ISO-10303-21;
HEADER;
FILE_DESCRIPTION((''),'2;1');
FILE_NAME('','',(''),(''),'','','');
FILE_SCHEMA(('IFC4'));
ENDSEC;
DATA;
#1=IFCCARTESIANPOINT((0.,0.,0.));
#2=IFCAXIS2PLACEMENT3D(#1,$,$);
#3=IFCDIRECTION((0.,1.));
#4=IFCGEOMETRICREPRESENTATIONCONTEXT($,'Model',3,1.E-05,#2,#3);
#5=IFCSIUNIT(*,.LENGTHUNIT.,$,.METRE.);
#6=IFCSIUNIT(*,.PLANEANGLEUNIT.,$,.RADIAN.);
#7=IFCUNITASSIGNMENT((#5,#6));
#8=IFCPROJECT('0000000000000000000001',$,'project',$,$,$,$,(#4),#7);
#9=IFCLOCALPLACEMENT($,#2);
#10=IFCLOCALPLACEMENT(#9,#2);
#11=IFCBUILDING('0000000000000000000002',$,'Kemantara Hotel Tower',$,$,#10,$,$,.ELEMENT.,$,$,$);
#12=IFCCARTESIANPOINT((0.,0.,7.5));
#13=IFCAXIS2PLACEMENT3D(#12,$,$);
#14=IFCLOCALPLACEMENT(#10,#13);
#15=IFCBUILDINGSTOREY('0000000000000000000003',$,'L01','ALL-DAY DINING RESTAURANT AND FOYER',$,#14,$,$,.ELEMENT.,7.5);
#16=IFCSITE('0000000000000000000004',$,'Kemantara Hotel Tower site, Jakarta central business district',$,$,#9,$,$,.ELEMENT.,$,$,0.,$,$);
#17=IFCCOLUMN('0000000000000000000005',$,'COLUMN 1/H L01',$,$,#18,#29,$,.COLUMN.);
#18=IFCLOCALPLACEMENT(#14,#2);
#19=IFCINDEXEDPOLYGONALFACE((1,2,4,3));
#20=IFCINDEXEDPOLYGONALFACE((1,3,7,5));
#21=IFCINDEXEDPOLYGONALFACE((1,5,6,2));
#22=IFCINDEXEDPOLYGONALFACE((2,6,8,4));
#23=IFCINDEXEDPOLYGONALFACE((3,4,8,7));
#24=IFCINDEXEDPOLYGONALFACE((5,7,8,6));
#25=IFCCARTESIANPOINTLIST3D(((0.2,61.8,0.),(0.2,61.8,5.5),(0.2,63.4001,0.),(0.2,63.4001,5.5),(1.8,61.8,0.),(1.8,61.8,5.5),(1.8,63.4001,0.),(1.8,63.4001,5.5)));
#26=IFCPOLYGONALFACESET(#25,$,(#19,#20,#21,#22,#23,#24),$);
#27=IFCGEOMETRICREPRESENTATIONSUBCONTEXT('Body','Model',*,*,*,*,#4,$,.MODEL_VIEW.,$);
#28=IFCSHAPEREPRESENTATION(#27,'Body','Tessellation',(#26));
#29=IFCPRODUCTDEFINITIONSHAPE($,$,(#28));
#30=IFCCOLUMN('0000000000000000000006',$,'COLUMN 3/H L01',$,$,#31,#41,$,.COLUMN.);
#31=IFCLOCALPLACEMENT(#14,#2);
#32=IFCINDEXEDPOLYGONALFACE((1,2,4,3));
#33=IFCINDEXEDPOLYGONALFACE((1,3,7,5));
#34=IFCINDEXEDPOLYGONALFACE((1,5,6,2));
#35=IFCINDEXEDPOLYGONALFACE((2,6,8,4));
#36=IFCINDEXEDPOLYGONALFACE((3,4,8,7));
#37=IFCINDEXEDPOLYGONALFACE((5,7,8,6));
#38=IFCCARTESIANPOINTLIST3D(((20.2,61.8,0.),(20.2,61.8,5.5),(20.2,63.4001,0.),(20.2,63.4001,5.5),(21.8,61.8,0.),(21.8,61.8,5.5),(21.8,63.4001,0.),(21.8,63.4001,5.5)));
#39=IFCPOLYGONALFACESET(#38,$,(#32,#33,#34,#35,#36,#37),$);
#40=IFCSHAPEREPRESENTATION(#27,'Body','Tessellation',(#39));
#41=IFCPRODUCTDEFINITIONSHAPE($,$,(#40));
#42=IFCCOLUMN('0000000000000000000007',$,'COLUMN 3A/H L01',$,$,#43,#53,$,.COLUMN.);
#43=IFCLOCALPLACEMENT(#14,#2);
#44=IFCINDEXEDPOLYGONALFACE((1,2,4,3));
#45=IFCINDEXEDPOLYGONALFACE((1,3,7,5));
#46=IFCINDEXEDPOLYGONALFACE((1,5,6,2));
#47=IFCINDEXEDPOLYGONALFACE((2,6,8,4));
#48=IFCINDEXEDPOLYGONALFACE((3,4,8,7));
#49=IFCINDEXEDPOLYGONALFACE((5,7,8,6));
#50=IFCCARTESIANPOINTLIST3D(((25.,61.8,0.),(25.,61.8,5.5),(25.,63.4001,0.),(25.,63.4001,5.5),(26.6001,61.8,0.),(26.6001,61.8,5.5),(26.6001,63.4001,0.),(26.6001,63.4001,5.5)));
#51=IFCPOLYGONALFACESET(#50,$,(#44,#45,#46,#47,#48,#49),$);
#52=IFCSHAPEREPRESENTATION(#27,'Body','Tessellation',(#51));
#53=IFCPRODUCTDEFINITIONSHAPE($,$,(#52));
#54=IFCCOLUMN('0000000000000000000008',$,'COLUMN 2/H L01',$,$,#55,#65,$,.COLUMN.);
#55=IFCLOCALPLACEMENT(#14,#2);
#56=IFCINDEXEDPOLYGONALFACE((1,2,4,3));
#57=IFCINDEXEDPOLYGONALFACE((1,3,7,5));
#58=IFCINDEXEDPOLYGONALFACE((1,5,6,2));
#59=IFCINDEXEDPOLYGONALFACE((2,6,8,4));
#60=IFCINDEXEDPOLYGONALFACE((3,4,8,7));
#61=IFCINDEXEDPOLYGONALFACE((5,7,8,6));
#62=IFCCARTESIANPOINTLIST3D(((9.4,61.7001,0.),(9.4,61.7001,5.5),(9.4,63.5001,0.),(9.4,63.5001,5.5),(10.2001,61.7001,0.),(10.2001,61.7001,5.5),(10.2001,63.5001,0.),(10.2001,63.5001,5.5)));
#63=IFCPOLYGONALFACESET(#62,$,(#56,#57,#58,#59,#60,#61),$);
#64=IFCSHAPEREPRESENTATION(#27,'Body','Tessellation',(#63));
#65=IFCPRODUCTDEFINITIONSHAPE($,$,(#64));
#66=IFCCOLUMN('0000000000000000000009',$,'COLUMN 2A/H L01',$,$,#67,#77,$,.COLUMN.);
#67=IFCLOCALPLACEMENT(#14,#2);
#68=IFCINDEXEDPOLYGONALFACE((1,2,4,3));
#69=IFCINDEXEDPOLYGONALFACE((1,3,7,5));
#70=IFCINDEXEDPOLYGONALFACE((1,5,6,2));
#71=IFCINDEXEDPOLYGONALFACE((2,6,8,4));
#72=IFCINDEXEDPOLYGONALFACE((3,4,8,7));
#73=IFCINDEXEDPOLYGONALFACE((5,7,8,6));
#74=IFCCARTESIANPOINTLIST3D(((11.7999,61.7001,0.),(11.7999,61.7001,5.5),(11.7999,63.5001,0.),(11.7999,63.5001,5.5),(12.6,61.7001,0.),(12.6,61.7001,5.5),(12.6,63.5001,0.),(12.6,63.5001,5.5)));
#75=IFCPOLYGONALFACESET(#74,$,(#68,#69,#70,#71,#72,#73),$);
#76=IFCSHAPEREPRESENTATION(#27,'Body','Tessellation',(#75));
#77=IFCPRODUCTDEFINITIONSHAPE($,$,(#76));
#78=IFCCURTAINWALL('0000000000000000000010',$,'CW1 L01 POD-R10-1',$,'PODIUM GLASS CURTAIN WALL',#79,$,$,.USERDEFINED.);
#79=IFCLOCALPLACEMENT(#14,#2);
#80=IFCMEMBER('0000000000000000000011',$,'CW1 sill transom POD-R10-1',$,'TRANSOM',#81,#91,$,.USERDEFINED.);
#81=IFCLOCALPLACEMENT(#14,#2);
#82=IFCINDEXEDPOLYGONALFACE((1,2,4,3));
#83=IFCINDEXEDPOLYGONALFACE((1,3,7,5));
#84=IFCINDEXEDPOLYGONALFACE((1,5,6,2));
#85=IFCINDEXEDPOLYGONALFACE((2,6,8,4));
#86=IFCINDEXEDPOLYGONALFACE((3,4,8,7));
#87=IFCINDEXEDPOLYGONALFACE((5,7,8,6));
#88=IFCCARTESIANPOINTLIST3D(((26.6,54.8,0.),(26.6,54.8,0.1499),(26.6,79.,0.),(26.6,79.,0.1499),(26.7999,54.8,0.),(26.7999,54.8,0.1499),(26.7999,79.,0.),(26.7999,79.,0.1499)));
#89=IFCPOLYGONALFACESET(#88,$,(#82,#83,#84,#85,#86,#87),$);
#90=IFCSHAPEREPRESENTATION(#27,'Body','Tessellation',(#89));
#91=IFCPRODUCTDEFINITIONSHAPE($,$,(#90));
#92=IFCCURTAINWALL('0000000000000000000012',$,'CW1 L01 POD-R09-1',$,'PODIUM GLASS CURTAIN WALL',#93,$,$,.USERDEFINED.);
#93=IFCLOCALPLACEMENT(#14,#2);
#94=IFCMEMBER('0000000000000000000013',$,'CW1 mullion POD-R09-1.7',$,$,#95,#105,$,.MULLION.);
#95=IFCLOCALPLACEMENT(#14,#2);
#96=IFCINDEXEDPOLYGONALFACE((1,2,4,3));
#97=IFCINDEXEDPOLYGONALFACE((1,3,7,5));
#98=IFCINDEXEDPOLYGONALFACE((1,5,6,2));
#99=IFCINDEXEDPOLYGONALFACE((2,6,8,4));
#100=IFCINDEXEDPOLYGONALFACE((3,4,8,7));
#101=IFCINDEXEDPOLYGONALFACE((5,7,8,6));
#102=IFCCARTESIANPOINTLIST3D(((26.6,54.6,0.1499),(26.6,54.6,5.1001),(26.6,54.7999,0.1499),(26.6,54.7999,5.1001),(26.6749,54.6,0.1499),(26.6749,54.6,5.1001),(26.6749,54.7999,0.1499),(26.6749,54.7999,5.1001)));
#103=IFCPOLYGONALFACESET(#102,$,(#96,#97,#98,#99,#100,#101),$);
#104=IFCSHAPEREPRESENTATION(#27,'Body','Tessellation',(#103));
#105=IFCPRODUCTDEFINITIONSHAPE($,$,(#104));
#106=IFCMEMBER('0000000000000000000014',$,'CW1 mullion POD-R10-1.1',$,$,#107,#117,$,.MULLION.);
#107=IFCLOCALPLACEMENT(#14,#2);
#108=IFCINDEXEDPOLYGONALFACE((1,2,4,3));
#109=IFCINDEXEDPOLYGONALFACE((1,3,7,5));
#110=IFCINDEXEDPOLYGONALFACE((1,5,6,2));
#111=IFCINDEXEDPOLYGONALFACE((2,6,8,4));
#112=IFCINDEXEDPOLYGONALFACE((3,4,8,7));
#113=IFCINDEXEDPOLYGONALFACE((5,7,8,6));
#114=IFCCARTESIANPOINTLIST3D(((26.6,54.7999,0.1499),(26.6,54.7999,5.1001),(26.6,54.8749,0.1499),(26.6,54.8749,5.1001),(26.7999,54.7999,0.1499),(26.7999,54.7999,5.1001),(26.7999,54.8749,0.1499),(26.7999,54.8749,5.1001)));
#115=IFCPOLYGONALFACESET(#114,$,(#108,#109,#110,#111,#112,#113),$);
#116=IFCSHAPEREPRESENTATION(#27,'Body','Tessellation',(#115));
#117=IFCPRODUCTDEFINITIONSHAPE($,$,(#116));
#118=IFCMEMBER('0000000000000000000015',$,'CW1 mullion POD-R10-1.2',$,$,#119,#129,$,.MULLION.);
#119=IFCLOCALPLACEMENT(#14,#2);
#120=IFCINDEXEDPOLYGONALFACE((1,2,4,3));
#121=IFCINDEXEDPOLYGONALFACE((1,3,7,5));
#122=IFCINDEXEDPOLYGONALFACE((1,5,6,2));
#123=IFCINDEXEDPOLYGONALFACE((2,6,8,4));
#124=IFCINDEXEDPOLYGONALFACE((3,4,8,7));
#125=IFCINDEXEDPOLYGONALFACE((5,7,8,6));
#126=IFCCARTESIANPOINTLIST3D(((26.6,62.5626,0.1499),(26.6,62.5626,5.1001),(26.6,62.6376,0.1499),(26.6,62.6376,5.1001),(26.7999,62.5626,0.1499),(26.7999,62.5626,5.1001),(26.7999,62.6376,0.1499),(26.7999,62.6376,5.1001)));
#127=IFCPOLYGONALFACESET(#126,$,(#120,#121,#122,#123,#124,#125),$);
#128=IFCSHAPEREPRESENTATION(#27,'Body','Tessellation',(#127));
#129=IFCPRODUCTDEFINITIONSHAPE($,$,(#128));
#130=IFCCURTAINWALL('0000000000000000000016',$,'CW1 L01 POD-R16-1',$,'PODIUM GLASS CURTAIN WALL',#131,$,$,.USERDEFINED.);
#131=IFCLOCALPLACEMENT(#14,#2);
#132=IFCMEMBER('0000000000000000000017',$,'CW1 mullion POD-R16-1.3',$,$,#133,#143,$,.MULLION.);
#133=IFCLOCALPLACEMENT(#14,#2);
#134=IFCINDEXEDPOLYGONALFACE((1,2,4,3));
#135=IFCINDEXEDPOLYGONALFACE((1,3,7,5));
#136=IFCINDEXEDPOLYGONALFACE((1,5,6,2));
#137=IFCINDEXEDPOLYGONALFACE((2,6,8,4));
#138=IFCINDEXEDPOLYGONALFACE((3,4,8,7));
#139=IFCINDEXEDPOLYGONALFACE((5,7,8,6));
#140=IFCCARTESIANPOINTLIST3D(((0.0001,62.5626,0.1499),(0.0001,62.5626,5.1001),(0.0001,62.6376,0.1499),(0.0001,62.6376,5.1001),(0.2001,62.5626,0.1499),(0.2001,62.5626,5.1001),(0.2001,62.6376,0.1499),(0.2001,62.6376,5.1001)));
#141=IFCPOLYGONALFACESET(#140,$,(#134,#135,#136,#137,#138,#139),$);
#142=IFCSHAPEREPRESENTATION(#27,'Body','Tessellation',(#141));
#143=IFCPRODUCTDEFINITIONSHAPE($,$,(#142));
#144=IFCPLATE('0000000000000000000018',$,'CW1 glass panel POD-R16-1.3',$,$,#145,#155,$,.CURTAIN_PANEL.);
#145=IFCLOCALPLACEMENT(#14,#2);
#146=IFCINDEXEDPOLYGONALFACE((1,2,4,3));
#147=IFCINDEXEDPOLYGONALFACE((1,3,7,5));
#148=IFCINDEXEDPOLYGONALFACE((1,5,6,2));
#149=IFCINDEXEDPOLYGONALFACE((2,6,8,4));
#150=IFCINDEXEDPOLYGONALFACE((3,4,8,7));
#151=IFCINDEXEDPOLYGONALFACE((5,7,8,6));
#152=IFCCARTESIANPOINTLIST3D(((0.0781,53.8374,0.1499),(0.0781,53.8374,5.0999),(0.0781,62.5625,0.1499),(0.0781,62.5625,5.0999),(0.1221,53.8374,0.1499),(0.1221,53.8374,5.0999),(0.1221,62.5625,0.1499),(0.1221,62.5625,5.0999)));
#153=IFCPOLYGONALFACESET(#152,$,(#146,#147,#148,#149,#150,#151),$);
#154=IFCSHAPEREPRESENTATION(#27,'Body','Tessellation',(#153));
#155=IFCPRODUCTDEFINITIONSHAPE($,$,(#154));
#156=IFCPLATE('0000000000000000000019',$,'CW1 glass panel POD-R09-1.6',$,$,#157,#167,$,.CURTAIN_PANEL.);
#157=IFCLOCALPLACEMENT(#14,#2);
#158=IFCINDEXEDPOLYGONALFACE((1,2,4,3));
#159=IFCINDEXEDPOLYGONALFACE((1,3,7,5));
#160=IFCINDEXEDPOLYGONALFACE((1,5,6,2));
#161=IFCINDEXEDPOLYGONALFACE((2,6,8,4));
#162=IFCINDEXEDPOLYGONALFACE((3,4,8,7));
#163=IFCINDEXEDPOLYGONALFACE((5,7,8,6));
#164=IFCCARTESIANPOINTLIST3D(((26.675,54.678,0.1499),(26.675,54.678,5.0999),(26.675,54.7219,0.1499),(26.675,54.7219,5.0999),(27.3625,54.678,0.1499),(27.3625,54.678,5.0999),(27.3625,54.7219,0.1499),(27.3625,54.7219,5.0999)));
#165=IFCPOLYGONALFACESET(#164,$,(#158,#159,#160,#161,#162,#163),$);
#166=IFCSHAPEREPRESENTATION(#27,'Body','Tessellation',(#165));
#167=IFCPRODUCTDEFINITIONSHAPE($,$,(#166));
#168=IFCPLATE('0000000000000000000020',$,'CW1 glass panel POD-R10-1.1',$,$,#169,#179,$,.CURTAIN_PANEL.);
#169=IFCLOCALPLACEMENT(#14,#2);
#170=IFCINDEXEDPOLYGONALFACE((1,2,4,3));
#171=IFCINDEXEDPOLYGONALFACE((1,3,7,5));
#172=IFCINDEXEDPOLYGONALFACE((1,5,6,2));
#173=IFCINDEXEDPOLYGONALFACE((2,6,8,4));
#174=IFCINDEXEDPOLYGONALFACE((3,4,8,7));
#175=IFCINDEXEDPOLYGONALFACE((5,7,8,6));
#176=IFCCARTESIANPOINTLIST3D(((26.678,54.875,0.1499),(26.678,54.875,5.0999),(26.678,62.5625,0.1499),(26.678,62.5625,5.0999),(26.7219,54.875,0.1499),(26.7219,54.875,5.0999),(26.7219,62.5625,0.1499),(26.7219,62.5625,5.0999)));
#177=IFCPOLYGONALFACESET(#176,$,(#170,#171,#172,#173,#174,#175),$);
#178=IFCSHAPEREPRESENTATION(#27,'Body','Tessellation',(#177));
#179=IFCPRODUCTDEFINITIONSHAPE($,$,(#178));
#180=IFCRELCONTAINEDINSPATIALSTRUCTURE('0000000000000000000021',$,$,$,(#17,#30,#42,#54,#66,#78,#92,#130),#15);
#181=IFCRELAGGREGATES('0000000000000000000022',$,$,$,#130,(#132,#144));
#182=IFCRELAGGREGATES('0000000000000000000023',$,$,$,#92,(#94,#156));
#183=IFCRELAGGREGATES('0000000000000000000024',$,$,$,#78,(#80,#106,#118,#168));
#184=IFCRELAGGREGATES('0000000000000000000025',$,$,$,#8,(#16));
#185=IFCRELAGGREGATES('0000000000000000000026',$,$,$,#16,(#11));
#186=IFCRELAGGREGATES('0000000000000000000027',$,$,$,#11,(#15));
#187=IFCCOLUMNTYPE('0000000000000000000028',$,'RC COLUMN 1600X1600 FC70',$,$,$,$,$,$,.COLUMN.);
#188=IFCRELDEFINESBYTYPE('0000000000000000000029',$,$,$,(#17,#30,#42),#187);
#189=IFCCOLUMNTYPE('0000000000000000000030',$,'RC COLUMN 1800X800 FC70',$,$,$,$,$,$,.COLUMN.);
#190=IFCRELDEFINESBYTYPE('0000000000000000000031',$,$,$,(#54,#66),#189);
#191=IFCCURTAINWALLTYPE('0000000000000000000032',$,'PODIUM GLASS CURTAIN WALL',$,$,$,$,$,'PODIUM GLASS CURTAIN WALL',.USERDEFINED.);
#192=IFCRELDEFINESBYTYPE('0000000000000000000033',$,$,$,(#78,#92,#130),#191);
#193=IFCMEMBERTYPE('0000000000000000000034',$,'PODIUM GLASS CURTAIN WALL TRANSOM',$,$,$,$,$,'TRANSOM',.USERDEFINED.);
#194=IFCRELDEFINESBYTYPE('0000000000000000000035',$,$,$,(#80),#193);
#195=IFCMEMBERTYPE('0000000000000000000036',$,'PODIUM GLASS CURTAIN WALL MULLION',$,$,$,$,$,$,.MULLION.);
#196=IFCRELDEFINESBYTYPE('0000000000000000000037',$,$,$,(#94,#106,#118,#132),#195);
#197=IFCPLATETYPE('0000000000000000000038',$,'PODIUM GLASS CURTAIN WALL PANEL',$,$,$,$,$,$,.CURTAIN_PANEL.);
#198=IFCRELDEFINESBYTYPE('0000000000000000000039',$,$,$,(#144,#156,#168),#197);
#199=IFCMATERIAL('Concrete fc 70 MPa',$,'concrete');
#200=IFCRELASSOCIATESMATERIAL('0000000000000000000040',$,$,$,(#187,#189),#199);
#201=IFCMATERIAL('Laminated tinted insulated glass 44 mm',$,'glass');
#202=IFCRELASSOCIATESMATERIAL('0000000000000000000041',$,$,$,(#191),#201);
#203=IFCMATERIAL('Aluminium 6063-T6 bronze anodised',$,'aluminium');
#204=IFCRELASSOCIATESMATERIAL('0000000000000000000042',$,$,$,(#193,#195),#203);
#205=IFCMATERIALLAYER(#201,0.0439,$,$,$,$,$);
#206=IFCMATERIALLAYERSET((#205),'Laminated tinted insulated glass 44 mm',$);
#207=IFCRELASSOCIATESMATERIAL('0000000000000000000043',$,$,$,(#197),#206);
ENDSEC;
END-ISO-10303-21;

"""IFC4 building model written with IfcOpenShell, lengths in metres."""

from ifc_helpers import new_model, si_unit, direction, frame, origin, origin_2d, place, context, subcontext, project, spatial, rectangle, extrude, source, transform, mapped, material, layer, layer_set, material_profile, profile_set, type_object, element, aggregate, save


model = new_model("IFC4")

# Units and contexts
model_context = context("Model", 3, precision=1e-05, world=origin(), true_north=direction((0.0, 1.0)))
body_context = subcontext(model_context, "Body", "Model", "MODEL_VIEW")
ifc_project = project(units=[si_unit("LENGTHUNIT", "METRE"), si_unit("PLANEANGLEUNIT", "RADIAN")], contexts=[model_context])

# Site, building, storey
site_placement = place(None, origin())
site = spatial("IfcSite", under=ifc_project, at=site_placement, Name="Kemantara Hotel Tower site, Jakarta central business district", CompositionType="ELEMENT", RefElevation=0.0)
building_placement = place(site_placement, origin())
building = spatial("IfcBuilding", under=site, at=building_placement, Name="Kemantara Hotel Tower", CompositionType="ELEMENT")
storey_placement = place(building_placement, frame((0.0, 0.0, 7.5)))
storey = spatial("IfcBuildingStorey", under=building, at=storey_placement, Name="L01", Description="ALL-DAY DINING RESTAURANT AND FOYER", CompositionType="ELEMENT", Elevation=7.5)

# Columns
ifc_material_1 = material(Name="Concrete fc 70 MPa", Category="concrete")
ifc_material_profile_1 = material_profile(ifc_material_1, rectangle(XDim=1.6001, YDim=1.6001, at=origin_2d()), Name="RC 1600X1600")
ifc_profile_set_1 = profile_set([ifc_material_profile_1], Name="Concrete fc 70 MPa")
column_type_1 = type_object("IfcColumnType", Name="RC COLUMN 1600X1600 FC70", PredefinedType="COLUMN", material=ifc_profile_set_1)
for number, where, z_axis, x_axis, name in (
    (1, (1.0, 62.6001, 0.0), (0.0, 0.0, 1.0), (1.0, 0.0, 0.0), "COLUMN 1/H L01"),
    (2, (21.0, 62.6001, 0.0), (0.0, 0.0, 1.0), (1.0, 0.0, 0.0), "COLUMN 3/H L01"),
    (3, (25.8, 62.6001, 0.0), (0.0, 0.0, 1.0), (1.0, 0.0, 0.0), "COLUMN 3A/H L01"),
):
    element("IfcColumn", number, at=place(storey_placement, frame(where, z_axis=z_axis, x_axis=x_axis)), inside=storey, type_object=column_type_1, Name=name, PredefinedType="COLUMN", context=body_context, shape_type="SweptSolid", body=[
        extrude(rectangle(XDim=1.6001, YDim=1.6001, at=origin_2d()), origin(), (0.0, 0.0, 1.0), 5.5),
    ])
ifc_material_profile_2 = material_profile(ifc_material_1, rectangle(XDim=1.8, YDim=0.8, at=origin_2d()), Name="RC 1800X800")
ifc_profile_set_2 = profile_set([ifc_material_profile_2], Name="Concrete fc 70 MPa")
column_type_2 = type_object("IfcColumnType", Name="RC COLUMN 1800X800 FC70", PredefinedType="COLUMN", material=ifc_profile_set_2)
for number, where, z_axis, x_axis, name in (
    (4, (9.8, 62.6001, 0.0), (0.0, 0.0, 1.0), (0.0, 1.0, 0.0), "COLUMN 2/H L01"),
    (5, (12.2, 62.6001, 0.0), (0.0, 0.0, 1.0), (0.0, 1.0, 0.0), "COLUMN 2A/H L01"),
):
    element("IfcColumn", number, at=place(storey_placement, frame(where, z_axis=z_axis, x_axis=x_axis)), inside=storey, type_object=column_type_2, Name=name, PredefinedType="COLUMN", context=body_context, shape_type="SweptSolid", body=[
        extrude(rectangle(XDim=1.8, YDim=0.8, at=origin_2d()), origin(), (0.0, 0.0, 1.0), 5.5),
    ])

# Curtain walls, members
ifc_material_2 = material(Name="Laminated tinted insulated glass 44 mm", Category="glass")
curtain_wall_type = type_object("IfcCurtainWallType", Name="PODIUM GLASS CURTAIN WALL", ElementType="PODIUM GLASS CURTAIN WALL", PredefinedType="USERDEFINED", material=ifc_material_2)
curtain_wall_1_placement = place(storey_placement, origin())
curtain_wall_1 = element("IfcCurtainWall", 6, at=curtain_wall_1_placement, inside=storey, type_object=curtain_wall_type, Name="CW1 L01 POD-R10-1", ObjectType="PODIUM GLASS CURTAIN WALL", PredefinedType="USERDEFINED")
ifc_material_3 = material(Name="Aluminium 6063-T6 bronze anodised", Category="aluminium")
ifc_material_profile_3 = material_profile(ifc_material_3, rectangle(XDim=0.2, YDim=0.1499, at=origin_2d()), Name="PODIUM GLASS CURTAIN WALL TRANSOM")
ifc_profile_set_3 = profile_set([ifc_material_profile_3], Name="Aluminium 6063-T6 bronze anodised")
member_type_1 = type_object("IfcMemberType", Name="PODIUM GLASS CURTAIN WALL TRANSOM", ElementType="TRANSOM", PredefinedType="USERDEFINED", material=ifc_profile_set_3)
member_1_placement = place(storey_placement, frame((26.7, 54.8, 0.075), z_axis=(0.0, 1.0, 0.0), x_axis=(-1.0, 0.0, 0.0)))
member_1 = element("IfcMember", 7, at=member_1_placement, type_object=member_type_1, Name="CW1 sill transom POD-R10-1", ObjectType="TRANSOM", PredefinedType="USERDEFINED", context=body_context, shape_type="SweptSolid", body=[
    extrude(rectangle(XDim=0.2, YDim=0.1499, at=origin_2d()), origin(), (0.0, 0.0, 1.0), 24.2),
])
curtain_wall_2_placement = place(storey_placement, origin())
curtain_wall_2 = element("IfcCurtainWall", 8, at=curtain_wall_2_placement, inside=storey, type_object=curtain_wall_type, Name="CW1 L01 POD-R09-1", ObjectType="PODIUM GLASS CURTAIN WALL", PredefinedType="USERDEFINED")
ifc_material_profile_4 = material_profile(ifc_material_3, rectangle(XDim=0.2, YDim=0.075, at=origin_2d()), Name="PODIUM GLASS CURTAIN WALL MULLION")
ifc_profile_set_4 = profile_set([ifc_material_profile_4], Name="Aluminium 6063-T6 bronze anodised")
member_type_2 = type_object("IfcMemberType", Name="PODIUM GLASS CURTAIN WALL MULLION", PredefinedType="MULLION", material=ifc_profile_set_4)
shared_shape_1 = source(origin(), body_context, "Body", "SweptSolid", [
    extrude(rectangle(XDim=0.2, YDim=0.075, at=origin_2d()), origin(), (0.0, 0.0, 1.0), 4.9502),
])
member_2_placement = place(storey_placement, frame((26.6375, 54.7, 0.1499), z_axis=(0.0, 0.0, 1.0), x_axis=(0.0, -1.0, 0.0)))
member_2 = element("IfcMember", 9, at=member_2_placement, type_object=member_type_2, Name="CW1 mullion POD-R09-1.7", PredefinedType="MULLION", context=body_context, shape_type="MappedRepresentation", body=[
    mapped(shared_shape_1, transform((0.0, 0.0, 0.0))),
])

# Members
member_3_placement = place(storey_placement, frame((26.7, 54.8374, 0.1499), z_axis=(0.0, 0.0, 1.0), x_axis=(-1.0, 0.0, 0.0)))
member_3 = element("IfcMember", 10, at=member_3_placement, type_object=member_type_2, Name="CW1 mullion POD-R10-1.1", PredefinedType="MULLION", context=body_context, shape_type="MappedRepresentation", body=[
    mapped(shared_shape_1, transform((0.0, 0.0, 0.0))),
])
member_4_placement = place(storey_placement, frame((26.7, 62.6001, 0.1499), z_axis=(0.0, 0.0, 1.0), x_axis=(-1.0, 0.0, 0.0)))
member_4 = element("IfcMember", 11, at=member_4_placement, type_object=member_type_2, Name="CW1 mullion POD-R10-1.2", PredefinedType="MULLION", context=body_context, shape_type="MappedRepresentation", body=[
    mapped(shared_shape_1, transform((0.0, 0.0, 0.0))),
])

# Curtain wall, member, plate
curtain_wall_3_placement = place(storey_placement, origin())
curtain_wall_3 = element("IfcCurtainWall", 12, at=curtain_wall_3_placement, inside=storey, type_object=curtain_wall_type, Name="CW1 L01 POD-R16-1", ObjectType="PODIUM GLASS CURTAIN WALL", PredefinedType="USERDEFINED")
member_5_placement = place(storey_placement, frame((0.1001, 62.6001, 0.1499), z_axis=(0.0, 0.0, 1.0), x_axis=(1.0, 0.0, 0.0)))
member_5 = element("IfcMember", 13, at=member_5_placement, type_object=member_type_2, Name="CW1 mullion POD-R16-1.3", PredefinedType="MULLION", context=body_context, shape_type="MappedRepresentation", body=[
    mapped(shared_shape_1, transform((0.0, 0.0, 0.0))),
])
ifc_layer_1 = layer(ifc_material_2, 0.0439)
ifc_layer_set_1 = layer_set([ifc_layer_1], Name="Laminated tinted insulated glass 44 mm")
plate_type = type_object("IfcPlateType", Name="PODIUM GLASS CURTAIN WALL PANEL", PredefinedType="CURTAIN_PANEL", material=ifc_layer_set_1)
shared_shape_2 = source(origin(), body_context, "Body", "SweptSolid", [
    extrude(rectangle(XDim=8.7251, YDim=0.0439, at=origin_2d()), origin(), (0.0, 0.0, 1.0), 4.95),
])
plate_1_placement = place(storey_placement, frame((0.1001, 58.2, 0.1499), z_axis=(0.0, 0.0, 1.0), x_axis=(0.0, -1.0, 0.0)))
plate_1 = element("IfcPlate", 14, at=plate_1_placement, type_object=plate_type, Name="CW1 glass panel POD-R16-1.3", PredefinedType="CURTAIN_PANEL", context=body_context, shape_type="MappedRepresentation", body=[
    mapped(shared_shape_2, transform((0.0, 0.0, 0.0))),
])
aggregate(curtain_wall_3, [member_5, plate_1])

# Plates
shared_shape_3 = source(origin(), body_context, "Body", "SweptSolid", [
    extrude(rectangle(XDim=0.6875, YDim=0.0439, at=origin_2d()), origin(), (0.0, 0.0, 1.0), 4.95),
])
plate_2_placement = place(storey_placement, frame((27.0188, 54.7, 0.1499), z_axis=(0.0, 0.0, 1.0), x_axis=(-1.0, 0.0, 0.0)))
plate_2 = element("IfcPlate", 15, at=plate_2_placement, type_object=plate_type, Name="CW1 glass panel POD-R09-1.6", PredefinedType="CURTAIN_PANEL", context=body_context, shape_type="MappedRepresentation", body=[
    mapped(shared_shape_3, transform((0.0, 0.0, 0.0))),
])
aggregate(curtain_wall_2, [member_2, plate_2])
shared_shape_4 = source(origin(), body_context, "Body", "SweptSolid", [
    extrude(rectangle(XDim=7.6875, YDim=0.0439, at=origin_2d()), origin(), (0.0, 0.0, 1.0), 4.95),
])
plate_3_placement = place(storey_placement, frame((26.7, 58.7188, 0.1499), z_axis=(0.0, 0.0, 1.0), x_axis=(0.0, 1.0, 0.0)))
plate_3 = element("IfcPlate", 16, at=plate_3_placement, type_object=plate_type, Name="CW1 glass panel POD-R10-1.1", PredefinedType="CURTAIN_PANEL", context=body_context, shape_type="MappedRepresentation", body=[
    mapped(shared_shape_4, transform((0.0, 0.0, 0.0))),
])
aggregate(curtain_wall_1, [member_1, member_3, member_4, plate_3])

save(model, "model.ifc")
